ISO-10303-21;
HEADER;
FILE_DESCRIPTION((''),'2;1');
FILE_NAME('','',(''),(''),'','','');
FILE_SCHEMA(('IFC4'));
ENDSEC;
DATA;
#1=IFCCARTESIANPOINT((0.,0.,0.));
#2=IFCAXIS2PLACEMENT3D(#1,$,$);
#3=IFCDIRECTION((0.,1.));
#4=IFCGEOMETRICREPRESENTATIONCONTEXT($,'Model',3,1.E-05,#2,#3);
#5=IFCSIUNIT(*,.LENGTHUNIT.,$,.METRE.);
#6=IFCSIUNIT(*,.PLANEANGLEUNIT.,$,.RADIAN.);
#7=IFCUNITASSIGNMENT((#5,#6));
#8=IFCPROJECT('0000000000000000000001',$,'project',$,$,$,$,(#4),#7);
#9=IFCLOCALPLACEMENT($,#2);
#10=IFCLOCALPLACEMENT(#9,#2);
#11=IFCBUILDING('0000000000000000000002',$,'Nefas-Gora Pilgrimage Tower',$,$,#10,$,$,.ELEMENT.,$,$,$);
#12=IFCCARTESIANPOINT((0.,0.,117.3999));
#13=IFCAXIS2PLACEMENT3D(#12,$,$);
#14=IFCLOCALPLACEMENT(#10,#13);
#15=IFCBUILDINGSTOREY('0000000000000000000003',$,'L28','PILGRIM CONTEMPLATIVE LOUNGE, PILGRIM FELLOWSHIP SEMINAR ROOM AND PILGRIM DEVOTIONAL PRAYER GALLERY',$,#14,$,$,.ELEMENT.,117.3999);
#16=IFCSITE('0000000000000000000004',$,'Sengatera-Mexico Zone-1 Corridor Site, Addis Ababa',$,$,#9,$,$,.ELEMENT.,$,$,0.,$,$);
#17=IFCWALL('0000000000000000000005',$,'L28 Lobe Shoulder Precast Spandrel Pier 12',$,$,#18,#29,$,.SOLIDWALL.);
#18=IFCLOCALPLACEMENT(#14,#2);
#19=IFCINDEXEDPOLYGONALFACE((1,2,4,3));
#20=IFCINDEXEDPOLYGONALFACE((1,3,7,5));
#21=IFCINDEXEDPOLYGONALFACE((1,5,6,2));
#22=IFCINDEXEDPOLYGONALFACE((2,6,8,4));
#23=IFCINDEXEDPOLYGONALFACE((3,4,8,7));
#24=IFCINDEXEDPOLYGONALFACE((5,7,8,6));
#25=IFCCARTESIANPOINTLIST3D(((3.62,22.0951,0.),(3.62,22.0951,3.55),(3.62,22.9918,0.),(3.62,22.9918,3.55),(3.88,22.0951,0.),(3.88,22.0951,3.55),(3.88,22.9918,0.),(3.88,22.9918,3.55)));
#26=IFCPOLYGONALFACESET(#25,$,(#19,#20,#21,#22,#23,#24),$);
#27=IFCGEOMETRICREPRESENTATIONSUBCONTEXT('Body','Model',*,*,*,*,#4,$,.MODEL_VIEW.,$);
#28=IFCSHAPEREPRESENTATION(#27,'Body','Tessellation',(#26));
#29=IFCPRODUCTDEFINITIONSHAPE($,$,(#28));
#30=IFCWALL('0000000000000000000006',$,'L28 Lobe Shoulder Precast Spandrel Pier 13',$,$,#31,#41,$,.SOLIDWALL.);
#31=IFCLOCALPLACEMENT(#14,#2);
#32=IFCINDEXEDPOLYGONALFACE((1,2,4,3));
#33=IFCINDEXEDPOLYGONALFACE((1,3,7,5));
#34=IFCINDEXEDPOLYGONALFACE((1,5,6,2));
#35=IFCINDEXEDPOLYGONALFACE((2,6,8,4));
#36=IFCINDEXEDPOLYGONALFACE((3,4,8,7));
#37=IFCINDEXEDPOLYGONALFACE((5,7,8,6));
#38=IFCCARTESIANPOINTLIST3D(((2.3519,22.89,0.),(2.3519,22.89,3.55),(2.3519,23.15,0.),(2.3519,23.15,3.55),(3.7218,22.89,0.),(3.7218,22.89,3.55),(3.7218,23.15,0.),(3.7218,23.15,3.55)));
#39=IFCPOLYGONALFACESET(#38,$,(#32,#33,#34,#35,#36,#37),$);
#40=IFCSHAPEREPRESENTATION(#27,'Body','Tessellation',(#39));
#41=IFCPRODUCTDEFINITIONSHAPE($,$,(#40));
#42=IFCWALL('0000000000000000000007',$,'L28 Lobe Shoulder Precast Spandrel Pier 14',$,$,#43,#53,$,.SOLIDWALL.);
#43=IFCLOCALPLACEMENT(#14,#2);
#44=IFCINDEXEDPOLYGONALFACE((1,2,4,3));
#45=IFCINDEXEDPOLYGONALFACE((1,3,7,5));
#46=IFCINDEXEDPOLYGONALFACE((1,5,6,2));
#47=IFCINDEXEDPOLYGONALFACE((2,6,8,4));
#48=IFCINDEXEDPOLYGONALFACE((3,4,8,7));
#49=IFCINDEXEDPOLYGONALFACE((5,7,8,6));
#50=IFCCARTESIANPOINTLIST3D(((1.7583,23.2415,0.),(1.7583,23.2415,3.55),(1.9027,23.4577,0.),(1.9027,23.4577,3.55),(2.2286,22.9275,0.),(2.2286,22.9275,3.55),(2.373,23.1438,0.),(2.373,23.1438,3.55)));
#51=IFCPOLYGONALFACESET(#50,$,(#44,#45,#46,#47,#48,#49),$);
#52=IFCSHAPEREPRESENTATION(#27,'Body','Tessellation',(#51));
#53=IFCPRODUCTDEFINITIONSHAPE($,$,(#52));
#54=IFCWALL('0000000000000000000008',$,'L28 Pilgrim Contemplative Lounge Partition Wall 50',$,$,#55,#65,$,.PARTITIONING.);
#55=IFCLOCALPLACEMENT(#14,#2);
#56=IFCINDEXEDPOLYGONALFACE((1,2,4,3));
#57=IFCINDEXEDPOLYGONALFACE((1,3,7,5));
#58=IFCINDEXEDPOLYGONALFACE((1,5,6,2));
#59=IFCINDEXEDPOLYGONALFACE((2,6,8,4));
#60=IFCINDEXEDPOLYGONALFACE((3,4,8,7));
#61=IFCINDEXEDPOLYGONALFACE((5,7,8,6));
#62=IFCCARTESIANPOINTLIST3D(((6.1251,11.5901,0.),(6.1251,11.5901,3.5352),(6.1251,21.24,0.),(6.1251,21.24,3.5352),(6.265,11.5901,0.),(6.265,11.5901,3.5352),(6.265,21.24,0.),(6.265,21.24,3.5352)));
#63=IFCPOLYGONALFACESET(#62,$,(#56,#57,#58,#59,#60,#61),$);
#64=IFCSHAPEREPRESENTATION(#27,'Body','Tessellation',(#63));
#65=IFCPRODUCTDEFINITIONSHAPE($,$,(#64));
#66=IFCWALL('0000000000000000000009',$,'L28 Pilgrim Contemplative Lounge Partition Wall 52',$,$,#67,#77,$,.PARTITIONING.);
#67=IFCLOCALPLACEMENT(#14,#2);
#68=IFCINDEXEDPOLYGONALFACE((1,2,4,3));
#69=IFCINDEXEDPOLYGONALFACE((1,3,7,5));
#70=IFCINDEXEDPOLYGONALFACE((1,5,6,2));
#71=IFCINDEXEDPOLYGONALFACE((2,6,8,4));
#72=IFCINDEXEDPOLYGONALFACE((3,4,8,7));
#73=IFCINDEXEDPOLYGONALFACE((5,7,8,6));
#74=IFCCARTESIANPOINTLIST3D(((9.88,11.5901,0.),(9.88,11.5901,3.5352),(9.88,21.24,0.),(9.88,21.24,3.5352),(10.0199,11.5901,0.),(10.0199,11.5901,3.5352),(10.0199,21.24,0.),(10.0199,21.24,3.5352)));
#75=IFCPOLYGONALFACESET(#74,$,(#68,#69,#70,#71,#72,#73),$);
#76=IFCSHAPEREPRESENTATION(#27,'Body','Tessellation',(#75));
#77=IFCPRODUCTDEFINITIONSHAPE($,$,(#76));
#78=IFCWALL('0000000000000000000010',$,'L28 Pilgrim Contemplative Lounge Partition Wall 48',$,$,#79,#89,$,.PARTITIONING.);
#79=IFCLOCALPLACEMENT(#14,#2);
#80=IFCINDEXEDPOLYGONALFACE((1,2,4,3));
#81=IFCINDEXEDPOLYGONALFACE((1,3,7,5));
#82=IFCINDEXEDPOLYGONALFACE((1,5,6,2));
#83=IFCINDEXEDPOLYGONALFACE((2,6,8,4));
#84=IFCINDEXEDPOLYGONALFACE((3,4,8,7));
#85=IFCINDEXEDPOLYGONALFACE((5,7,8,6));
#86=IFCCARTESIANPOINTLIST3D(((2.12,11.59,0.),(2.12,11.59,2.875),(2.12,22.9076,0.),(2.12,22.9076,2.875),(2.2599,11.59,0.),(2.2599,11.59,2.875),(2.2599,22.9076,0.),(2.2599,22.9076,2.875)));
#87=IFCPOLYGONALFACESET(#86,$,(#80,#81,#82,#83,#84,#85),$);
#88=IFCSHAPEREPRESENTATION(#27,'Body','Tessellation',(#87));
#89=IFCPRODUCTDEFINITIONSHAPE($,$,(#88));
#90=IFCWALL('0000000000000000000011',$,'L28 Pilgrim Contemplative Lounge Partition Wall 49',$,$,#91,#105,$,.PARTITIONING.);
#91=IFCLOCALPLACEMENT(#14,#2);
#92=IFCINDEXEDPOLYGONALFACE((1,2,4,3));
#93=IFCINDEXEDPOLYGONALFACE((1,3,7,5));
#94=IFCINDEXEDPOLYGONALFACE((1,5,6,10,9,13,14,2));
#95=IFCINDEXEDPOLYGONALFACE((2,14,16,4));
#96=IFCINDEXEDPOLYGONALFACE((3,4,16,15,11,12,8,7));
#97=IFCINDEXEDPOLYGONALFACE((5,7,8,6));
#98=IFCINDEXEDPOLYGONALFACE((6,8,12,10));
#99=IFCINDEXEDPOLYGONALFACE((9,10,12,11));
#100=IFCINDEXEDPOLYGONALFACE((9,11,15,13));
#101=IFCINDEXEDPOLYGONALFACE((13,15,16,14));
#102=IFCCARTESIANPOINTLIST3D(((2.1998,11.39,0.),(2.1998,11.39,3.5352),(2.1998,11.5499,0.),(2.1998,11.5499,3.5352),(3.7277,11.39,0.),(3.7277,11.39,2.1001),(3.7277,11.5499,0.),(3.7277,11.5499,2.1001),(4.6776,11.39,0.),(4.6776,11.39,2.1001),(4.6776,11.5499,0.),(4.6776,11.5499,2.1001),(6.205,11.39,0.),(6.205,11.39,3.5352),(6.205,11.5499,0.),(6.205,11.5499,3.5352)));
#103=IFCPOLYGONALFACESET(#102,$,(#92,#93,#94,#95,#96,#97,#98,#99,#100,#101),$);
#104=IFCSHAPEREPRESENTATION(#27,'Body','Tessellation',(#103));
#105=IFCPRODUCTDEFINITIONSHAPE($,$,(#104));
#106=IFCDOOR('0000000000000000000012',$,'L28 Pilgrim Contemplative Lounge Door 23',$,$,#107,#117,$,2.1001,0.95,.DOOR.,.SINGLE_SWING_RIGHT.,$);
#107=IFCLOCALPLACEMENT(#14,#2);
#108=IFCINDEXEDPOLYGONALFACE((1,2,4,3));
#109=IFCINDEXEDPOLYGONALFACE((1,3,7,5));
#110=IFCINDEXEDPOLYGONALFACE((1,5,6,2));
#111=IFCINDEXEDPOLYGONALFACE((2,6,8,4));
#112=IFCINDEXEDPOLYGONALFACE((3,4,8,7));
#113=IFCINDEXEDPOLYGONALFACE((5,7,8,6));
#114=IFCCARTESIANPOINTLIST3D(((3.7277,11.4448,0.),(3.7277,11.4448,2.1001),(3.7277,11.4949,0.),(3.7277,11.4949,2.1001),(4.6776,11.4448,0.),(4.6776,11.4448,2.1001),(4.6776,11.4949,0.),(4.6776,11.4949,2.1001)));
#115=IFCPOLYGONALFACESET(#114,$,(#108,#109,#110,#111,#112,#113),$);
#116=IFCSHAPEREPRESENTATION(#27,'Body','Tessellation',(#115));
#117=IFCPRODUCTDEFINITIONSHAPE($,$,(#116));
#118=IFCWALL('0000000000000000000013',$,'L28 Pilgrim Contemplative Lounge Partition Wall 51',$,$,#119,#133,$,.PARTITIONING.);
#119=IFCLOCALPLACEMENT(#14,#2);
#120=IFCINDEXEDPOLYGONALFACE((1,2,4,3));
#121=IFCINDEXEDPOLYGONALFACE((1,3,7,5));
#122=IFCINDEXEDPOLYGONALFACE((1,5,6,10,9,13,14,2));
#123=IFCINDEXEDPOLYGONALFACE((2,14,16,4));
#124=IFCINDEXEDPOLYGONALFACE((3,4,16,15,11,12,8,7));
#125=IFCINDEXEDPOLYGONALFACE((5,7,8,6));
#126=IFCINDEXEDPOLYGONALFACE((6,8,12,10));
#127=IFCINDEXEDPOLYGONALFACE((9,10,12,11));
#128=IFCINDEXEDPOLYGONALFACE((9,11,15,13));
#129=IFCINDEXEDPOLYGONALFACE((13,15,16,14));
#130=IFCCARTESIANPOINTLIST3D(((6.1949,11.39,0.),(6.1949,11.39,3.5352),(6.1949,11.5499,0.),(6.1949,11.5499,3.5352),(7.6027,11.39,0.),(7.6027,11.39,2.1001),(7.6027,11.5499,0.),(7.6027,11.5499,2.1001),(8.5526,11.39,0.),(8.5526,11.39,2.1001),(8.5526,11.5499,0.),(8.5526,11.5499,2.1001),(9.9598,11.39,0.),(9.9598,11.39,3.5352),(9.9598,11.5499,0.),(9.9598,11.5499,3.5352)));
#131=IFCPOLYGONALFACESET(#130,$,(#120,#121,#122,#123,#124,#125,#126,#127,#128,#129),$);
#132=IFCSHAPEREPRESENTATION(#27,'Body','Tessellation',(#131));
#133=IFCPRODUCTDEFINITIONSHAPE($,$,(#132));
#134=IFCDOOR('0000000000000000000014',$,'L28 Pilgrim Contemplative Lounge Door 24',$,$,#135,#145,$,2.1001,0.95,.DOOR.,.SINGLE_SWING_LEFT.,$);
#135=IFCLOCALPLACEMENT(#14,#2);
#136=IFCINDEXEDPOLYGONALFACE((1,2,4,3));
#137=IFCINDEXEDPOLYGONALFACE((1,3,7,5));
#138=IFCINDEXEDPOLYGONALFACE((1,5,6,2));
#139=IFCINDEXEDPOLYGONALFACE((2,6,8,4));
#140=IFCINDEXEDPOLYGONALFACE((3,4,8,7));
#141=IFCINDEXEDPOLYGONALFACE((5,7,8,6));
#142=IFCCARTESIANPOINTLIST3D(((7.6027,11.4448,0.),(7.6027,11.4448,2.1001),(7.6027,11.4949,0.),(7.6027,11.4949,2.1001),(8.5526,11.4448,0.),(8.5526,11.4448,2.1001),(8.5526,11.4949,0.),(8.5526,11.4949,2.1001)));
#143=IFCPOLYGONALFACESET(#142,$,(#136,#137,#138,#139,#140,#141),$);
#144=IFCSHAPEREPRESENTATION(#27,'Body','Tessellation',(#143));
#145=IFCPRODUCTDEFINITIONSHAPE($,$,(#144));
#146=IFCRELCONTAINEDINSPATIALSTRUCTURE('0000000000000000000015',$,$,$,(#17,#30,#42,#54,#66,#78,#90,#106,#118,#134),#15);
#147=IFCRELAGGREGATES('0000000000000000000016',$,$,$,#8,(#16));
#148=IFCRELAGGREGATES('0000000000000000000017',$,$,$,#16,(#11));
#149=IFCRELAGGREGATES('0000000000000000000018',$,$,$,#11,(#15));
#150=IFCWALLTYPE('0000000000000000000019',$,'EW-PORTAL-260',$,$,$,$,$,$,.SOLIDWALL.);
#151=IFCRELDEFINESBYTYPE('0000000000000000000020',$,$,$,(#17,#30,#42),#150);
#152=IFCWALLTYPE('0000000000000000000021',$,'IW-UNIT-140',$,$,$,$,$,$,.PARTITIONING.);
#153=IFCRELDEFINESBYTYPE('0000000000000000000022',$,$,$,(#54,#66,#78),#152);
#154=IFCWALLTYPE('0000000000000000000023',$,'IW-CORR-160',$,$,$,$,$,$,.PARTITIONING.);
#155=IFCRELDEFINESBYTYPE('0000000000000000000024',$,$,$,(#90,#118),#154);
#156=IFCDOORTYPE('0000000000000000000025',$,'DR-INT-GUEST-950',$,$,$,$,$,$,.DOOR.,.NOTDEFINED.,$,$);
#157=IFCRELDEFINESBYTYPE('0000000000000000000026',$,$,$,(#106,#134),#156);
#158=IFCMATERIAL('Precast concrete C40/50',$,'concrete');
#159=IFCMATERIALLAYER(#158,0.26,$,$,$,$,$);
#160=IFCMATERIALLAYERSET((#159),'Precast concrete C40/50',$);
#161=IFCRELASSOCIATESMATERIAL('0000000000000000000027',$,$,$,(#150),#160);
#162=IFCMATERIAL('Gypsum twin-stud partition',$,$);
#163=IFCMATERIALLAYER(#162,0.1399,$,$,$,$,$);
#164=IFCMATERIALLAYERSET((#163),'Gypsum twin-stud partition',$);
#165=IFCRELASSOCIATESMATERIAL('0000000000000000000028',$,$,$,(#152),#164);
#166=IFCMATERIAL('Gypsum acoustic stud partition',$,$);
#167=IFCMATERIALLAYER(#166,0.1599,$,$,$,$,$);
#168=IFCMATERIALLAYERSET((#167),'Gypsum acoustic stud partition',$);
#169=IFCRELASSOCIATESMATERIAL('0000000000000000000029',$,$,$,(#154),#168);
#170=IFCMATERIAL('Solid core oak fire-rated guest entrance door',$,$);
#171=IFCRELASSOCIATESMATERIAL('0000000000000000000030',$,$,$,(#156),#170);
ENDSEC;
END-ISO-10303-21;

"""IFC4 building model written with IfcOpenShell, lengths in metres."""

from ifc_helpers import new_model, si_unit, direction, frame, frame_2d, origin, place, context, subcontext, project, spatial, rectangle, extrude, source, transform, mapped, material, layer, layer_set, type_object, element, fill, save


model = new_model("IFC4")

# Units and contexts
model_context = context("Model", 3, precision=1e-05, world=origin(), true_north=direction((0.0, 1.0)))
body_context = subcontext(model_context, "Body", "Model", "MODEL_VIEW")
ifc_project = project(units=[si_unit("LENGTHUNIT", "METRE"), si_unit("PLANEANGLEUNIT", "RADIAN")], contexts=[model_context])

# Site, building, storey
site_placement = place(None, origin())
site = spatial("IfcSite", under=ifc_project, at=site_placement, Name="Sengatera-Mexico Zone-1 Corridor Site, Addis Ababa", CompositionType="ELEMENT", RefElevation=0.0)
building_placement = place(site_placement, origin())
building = spatial("IfcBuilding", under=site, at=building_placement, Name="Nefas-Gora Pilgrimage Tower", CompositionType="ELEMENT")
storey_placement = place(building_placement, frame((0.0, 0.0, 117.3999)))
storey = spatial("IfcBuildingStorey", under=building, at=storey_placement, Name="L28", Description="PILGRIM CONTEMPLATIVE LOUNGE, PILGRIM FELLOWSHIP SEMINAR ROOM AND PILGRIM DEVOTIONAL PRAYER GALLERY", CompositionType="ELEMENT", Elevation=117.3999)

# Walls
ifc_material_1 = material(Name="Precast concrete C40/50", Category="concrete")
ifc_layer_1 = layer(ifc_material_1, 0.26)
ifc_layer_set_1 = layer_set([ifc_layer_1], Name="Precast concrete C40/50")
wall_type_1 = type_object("IfcWallType", Name="EW-PORTAL-260", PredefinedType="SOLIDWALL", material=ifc_layer_set_1)
shared_shape_1 = source(origin(), body_context, "Body", "SweptSolid", [
    extrude(rectangle(XDim=0.8967, YDim=0.26, at=frame_2d((0.4482, 0.0))), origin(), (0.0, 0.0, 1.0), 3.55),
])
wall_1_placement = place(storey_placement, frame((3.75, 22.0952, 0.0), z_axis=(0.0, 0.0, 1.0), x_axis=(0.0, 1.0, 0.0)))
element("IfcWall", 1, at=wall_1_placement, inside=storey, type_object=wall_type_1, Name="L28 Lobe Shoulder Precast Spandrel Pier 12", PredefinedType="SOLIDWALL", context=body_context, shape_type="MappedRepresentation", body=[
    mapped(shared_shape_1, transform((0.0, 0.0, 0.0), x_axis=(1.0, 0.0, 0.0), y_axis=(0.0, 1.0, 0.0), z_axis=(0.0, 0.0, 1.0), scale=1.0)),
])
shared_shape_2 = source(origin(), body_context, "Body", "SweptSolid", [
    extrude(rectangle(XDim=1.3699, YDim=0.26, at=frame_2d((0.6851, 0.0))), origin(), (0.0, 0.0, 1.0), 3.55),
])
wall_2_placement = place(storey_placement, frame((3.7219, 23.02, 0.0), z_axis=(0.0, 0.0, 1.0), x_axis=(-1.0, 0.0, 0.0)))
element("IfcWall", 2, at=wall_2_placement, inside=storey, type_object=wall_type_1, Name="L28 Lobe Shoulder Precast Spandrel Pier 13", PredefinedType="SOLIDWALL", context=body_context, shape_type="MappedRepresentation", body=[
    mapped(shared_shape_2, transform((0.0, 0.0, 0.0), x_axis=(1.0, 0.0, 0.0), y_axis=(0.0, 1.0, 0.0), z_axis=(0.0, 0.0, 1.0), scale=1.0)),
])
shared_shape_3 = source(origin(), body_context, "Body", "SweptSolid", [
    extrude(rectangle(XDim=0.5654, YDim=0.26, at=frame_2d((0.2827, 0.0))), origin(), (0.0, 0.0, 1.0), 3.55),
])
wall_3_placement = place(storey_placement, frame((2.3008, 23.0356, 0.0), z_axis=(0.0, 0.0, 1.0), x_axis=(-0.831651, 0.555298, 0.0)))
element("IfcWall", 3, at=wall_3_placement, inside=storey, type_object=wall_type_1, Name="L28 Lobe Shoulder Precast Spandrel Pier 14", PredefinedType="SOLIDWALL", context=body_context, shape_type="MappedRepresentation", body=[
    mapped(shared_shape_3, transform((0.0, 0.0, 0.0), x_axis=(1.0, 0.0, 0.0), y_axis=(0.0, 1.0, 0.0), z_axis=(0.0, 0.0, 1.0), scale=1.0)),
])
ifc_material_2 = material(Name="Gypsum twin-stud partition")
ifc_layer_2 = layer(ifc_material_2, 0.1399)
ifc_layer_set_2 = layer_set([ifc_layer_2], Name="Gypsum twin-stud partition")
wall_type_2 = type_object("IfcWallType", Name="IW-UNIT-140", PredefinedType="PARTITIONING", material=ifc_layer_set_2)
shared_shape_4 = source(origin(), body_context, "Body", "SweptSolid", [
    extrude(rectangle(XDim=9.6499, YDim=0.1399, at=frame_2d((4.825, 0.0))), origin(), (0.0, 0.0, 1.0), 3.5352),
])
for number, where, z_axis, x_axis, name in (
    (4, (6.1951, 11.5901, 0.0), (0.0, 0.0, 1.0), (0.0, 1.0, 0.0), "L28 Pilgrim Contemplative Lounge Partition Wall 50"),
    (5, (9.95, 11.5901, 0.0), (0.0, 0.0, 1.0), (0.0, 1.0, 0.0), "L28 Pilgrim Contemplative Lounge Partition Wall 52"),
):
    element("IfcWall", number, at=place(storey_placement, frame(where, z_axis=z_axis, x_axis=x_axis)), inside=storey, type_object=wall_type_2, Name=name, PredefinedType="PARTITIONING", context=body_context, shape_type="MappedRepresentation", body=[
        mapped(shared_shape_4, transform((0.0, 0.0, 0.0), x_axis=(1.0, 0.0, 0.0), y_axis=(0.0, 1.0, 0.0), z_axis=(0.0, 0.0, 1.0), scale=1.0)),
    ])
shared_shape_5 = source(origin(), body_context, "Body", "SweptSolid", [
    extrude(rectangle(XDim=11.3176, YDim=0.1399, at=frame_2d((5.6587, 0.0))), origin(), (0.0, 0.0, 1.0), 2.875),
])
wall_4_placement = place(storey_placement, frame((2.1899, 11.5901, 0.0), z_axis=(0.0, 0.0, 1.0), x_axis=(0.0, 1.0, 0.0)))
element("IfcWall", 6, at=wall_4_placement, inside=storey, type_object=wall_type_2, Name="L28 Pilgrim Contemplative Lounge Partition Wall 48", PredefinedType="PARTITIONING", context=body_context, shape_type="MappedRepresentation", body=[
    mapped(shared_shape_5, transform((0.0, 0.0, 0.0), x_axis=(1.0, 0.0, 0.0), y_axis=(0.0, 1.0, 0.0), z_axis=(0.0, 0.0, 1.0), scale=1.0)),
])

# Walls, openings, doors
ifc_material_3 = material(Name="Gypsum acoustic stud partition")
ifc_layer_3 = layer(ifc_material_3, 0.1599)
ifc_layer_set_3 = layer_set([ifc_layer_3], Name="Gypsum acoustic stud partition")
wall_type_3 = type_object("IfcWallType", Name="IW-CORR-160", PredefinedType="PARTITIONING", material=ifc_layer_set_3)
shared_shape_6 = source(origin(), body_context, "Body", "SweptSolid", [
    extrude(rectangle(XDim=4.0051, YDim=0.1599, at=frame_2d((2.0024, 0.0))), origin(), (0.0, 0.0, 1.0), 3.5352),
])
wall_5_placement = place(storey_placement, frame((2.2, 11.47, 0.0), z_axis=(0.0, 0.0, 1.0), x_axis=(1.0, 0.0, 0.0)))
wall_5 = element("IfcWall", 7, at=wall_5_placement, inside=storey, type_object=wall_type_3, Name="L28 Pilgrim Contemplative Lounge Partition Wall 49", PredefinedType="PARTITIONING", context=body_context, shape_type="MappedRepresentation", body=[
    mapped(shared_shape_6, transform((0.0, 0.0, 0.0), x_axis=(1.0, 0.0, 0.0), y_axis=(0.0, 1.0, 0.0), z_axis=(0.0, 0.0, 1.0), scale=1.0)),
])
opening_1_placement = place(wall_5_placement, frame((1.5276, 0.0, 0.0)))
opening_1 = element("IfcOpeningElement", 8, at=opening_1_placement, cuts=wall_5, PredefinedType="OPENING", context=body_context, shape_type="SweptSolid", body=[
    extrude(rectangle(XDim=0.95, YDim=2.1001, at=frame_2d((0.4751, 1.05))), frame((0.0, 0.0898, 0.0), z_axis=(0.0, -1.0, 0.0), x_axis=(1.0, 0.0, 0.0)), (0.0, 0.0, 1.0), 0.1799),
])
ifc_material_4 = material(Name="Solid core oak fire-rated guest entrance door")
door_type = type_object("IfcDoorType", Name="DR-INT-GUEST-950", OperationType="NOTDEFINED", PredefinedType="DOOR", material=ifc_material_4)
shared_shape_7 = source(origin(), body_context, "Body", "SweptSolid", [
    extrude(rectangle(XDim=0.95, YDim=2.1001, at=frame_2d((0.4751, 1.05))), frame((0.0, 0.0249, 0.0), z_axis=(0.0, -1.0, 0.0), x_axis=(1.0, 0.0, 0.0)), (0.0, 0.0, 1.0), 0.05),
])
door_1_placement = place(opening_1_placement, origin())
door_1 = element("IfcDoor", 9, at=door_1_placement, inside=storey, type_object=door_type, Name="L28 Pilgrim Contemplative Lounge Door 23", OperationType="SINGLE_SWING_RIGHT", OverallHeight=2.1001, OverallWidth=0.95, PredefinedType="DOOR", context=body_context, shape_type="MappedRepresentation", body=[
    mapped(shared_shape_7, transform((0.0, 0.0, 0.0), x_axis=(1.0, 0.0, 0.0), y_axis=(0.0, 1.0, 0.0), z_axis=(0.0, 0.0, 1.0), scale=1.0)),
])
fill(opening_1, door_1)
shared_shape_8 = source(origin(), body_context, "Body", "SweptSolid", [
    extrude(rectangle(XDim=3.7649, YDim=0.1599, at=frame_2d((1.8823, 0.0))), origin(), (0.0, 0.0, 1.0), 3.5352),
])
wall_6_placement = place(storey_placement, frame((6.1951, 11.47, 0.0), z_axis=(0.0, 0.0, 1.0), x_axis=(1.0, 0.0, 0.0)))
wall_6 = element("IfcWall", 10, at=wall_6_placement, inside=storey, type_object=wall_type_3, Name="L28 Pilgrim Contemplative Lounge Partition Wall 51", PredefinedType="PARTITIONING", context=body_context, shape_type="MappedRepresentation", body=[
    mapped(shared_shape_8, transform((0.0, 0.0, 0.0), x_axis=(1.0, 0.0, 0.0), y_axis=(0.0, 1.0, 0.0), z_axis=(0.0, 0.0, 1.0), scale=1.0)),
])
opening_2_placement = place(wall_6_placement, frame((1.4075, 0.0, 0.0)))
opening_2 = element("IfcOpeningElement", 11, at=opening_2_placement, cuts=wall_6, PredefinedType="OPENING", context=body_context, shape_type="SweptSolid", body=[
    extrude(rectangle(XDim=0.95, YDim=2.1001, at=frame_2d((0.4751, 1.05))), frame((0.0, 0.0898, 0.0), z_axis=(0.0, -1.0, 0.0), x_axis=(1.0, 0.0, 0.0)), (0.0, 0.0, 1.0), 0.1799),
])
door_2_placement = place(opening_2_placement, origin())
door_2 = element("IfcDoor", 12, at=door_2_placement, inside=storey, type_object=door_type, Name="L28 Pilgrim Contemplative Lounge Door 24", OperationType="SINGLE_SWING_LEFT", OverallHeight=2.1001, OverallWidth=0.95, PredefinedType="DOOR", context=body_context, shape_type="MappedRepresentation", body=[
    mapped(shared_shape_7, transform((0.0, 0.0, 0.0), x_axis=(1.0, 0.0, 0.0), y_axis=(0.0, 1.0, 0.0), z_axis=(0.0, 0.0, 1.0), scale=1.0)),
])
fill(opening_2, door_2)

save(model, "model.ifc")
